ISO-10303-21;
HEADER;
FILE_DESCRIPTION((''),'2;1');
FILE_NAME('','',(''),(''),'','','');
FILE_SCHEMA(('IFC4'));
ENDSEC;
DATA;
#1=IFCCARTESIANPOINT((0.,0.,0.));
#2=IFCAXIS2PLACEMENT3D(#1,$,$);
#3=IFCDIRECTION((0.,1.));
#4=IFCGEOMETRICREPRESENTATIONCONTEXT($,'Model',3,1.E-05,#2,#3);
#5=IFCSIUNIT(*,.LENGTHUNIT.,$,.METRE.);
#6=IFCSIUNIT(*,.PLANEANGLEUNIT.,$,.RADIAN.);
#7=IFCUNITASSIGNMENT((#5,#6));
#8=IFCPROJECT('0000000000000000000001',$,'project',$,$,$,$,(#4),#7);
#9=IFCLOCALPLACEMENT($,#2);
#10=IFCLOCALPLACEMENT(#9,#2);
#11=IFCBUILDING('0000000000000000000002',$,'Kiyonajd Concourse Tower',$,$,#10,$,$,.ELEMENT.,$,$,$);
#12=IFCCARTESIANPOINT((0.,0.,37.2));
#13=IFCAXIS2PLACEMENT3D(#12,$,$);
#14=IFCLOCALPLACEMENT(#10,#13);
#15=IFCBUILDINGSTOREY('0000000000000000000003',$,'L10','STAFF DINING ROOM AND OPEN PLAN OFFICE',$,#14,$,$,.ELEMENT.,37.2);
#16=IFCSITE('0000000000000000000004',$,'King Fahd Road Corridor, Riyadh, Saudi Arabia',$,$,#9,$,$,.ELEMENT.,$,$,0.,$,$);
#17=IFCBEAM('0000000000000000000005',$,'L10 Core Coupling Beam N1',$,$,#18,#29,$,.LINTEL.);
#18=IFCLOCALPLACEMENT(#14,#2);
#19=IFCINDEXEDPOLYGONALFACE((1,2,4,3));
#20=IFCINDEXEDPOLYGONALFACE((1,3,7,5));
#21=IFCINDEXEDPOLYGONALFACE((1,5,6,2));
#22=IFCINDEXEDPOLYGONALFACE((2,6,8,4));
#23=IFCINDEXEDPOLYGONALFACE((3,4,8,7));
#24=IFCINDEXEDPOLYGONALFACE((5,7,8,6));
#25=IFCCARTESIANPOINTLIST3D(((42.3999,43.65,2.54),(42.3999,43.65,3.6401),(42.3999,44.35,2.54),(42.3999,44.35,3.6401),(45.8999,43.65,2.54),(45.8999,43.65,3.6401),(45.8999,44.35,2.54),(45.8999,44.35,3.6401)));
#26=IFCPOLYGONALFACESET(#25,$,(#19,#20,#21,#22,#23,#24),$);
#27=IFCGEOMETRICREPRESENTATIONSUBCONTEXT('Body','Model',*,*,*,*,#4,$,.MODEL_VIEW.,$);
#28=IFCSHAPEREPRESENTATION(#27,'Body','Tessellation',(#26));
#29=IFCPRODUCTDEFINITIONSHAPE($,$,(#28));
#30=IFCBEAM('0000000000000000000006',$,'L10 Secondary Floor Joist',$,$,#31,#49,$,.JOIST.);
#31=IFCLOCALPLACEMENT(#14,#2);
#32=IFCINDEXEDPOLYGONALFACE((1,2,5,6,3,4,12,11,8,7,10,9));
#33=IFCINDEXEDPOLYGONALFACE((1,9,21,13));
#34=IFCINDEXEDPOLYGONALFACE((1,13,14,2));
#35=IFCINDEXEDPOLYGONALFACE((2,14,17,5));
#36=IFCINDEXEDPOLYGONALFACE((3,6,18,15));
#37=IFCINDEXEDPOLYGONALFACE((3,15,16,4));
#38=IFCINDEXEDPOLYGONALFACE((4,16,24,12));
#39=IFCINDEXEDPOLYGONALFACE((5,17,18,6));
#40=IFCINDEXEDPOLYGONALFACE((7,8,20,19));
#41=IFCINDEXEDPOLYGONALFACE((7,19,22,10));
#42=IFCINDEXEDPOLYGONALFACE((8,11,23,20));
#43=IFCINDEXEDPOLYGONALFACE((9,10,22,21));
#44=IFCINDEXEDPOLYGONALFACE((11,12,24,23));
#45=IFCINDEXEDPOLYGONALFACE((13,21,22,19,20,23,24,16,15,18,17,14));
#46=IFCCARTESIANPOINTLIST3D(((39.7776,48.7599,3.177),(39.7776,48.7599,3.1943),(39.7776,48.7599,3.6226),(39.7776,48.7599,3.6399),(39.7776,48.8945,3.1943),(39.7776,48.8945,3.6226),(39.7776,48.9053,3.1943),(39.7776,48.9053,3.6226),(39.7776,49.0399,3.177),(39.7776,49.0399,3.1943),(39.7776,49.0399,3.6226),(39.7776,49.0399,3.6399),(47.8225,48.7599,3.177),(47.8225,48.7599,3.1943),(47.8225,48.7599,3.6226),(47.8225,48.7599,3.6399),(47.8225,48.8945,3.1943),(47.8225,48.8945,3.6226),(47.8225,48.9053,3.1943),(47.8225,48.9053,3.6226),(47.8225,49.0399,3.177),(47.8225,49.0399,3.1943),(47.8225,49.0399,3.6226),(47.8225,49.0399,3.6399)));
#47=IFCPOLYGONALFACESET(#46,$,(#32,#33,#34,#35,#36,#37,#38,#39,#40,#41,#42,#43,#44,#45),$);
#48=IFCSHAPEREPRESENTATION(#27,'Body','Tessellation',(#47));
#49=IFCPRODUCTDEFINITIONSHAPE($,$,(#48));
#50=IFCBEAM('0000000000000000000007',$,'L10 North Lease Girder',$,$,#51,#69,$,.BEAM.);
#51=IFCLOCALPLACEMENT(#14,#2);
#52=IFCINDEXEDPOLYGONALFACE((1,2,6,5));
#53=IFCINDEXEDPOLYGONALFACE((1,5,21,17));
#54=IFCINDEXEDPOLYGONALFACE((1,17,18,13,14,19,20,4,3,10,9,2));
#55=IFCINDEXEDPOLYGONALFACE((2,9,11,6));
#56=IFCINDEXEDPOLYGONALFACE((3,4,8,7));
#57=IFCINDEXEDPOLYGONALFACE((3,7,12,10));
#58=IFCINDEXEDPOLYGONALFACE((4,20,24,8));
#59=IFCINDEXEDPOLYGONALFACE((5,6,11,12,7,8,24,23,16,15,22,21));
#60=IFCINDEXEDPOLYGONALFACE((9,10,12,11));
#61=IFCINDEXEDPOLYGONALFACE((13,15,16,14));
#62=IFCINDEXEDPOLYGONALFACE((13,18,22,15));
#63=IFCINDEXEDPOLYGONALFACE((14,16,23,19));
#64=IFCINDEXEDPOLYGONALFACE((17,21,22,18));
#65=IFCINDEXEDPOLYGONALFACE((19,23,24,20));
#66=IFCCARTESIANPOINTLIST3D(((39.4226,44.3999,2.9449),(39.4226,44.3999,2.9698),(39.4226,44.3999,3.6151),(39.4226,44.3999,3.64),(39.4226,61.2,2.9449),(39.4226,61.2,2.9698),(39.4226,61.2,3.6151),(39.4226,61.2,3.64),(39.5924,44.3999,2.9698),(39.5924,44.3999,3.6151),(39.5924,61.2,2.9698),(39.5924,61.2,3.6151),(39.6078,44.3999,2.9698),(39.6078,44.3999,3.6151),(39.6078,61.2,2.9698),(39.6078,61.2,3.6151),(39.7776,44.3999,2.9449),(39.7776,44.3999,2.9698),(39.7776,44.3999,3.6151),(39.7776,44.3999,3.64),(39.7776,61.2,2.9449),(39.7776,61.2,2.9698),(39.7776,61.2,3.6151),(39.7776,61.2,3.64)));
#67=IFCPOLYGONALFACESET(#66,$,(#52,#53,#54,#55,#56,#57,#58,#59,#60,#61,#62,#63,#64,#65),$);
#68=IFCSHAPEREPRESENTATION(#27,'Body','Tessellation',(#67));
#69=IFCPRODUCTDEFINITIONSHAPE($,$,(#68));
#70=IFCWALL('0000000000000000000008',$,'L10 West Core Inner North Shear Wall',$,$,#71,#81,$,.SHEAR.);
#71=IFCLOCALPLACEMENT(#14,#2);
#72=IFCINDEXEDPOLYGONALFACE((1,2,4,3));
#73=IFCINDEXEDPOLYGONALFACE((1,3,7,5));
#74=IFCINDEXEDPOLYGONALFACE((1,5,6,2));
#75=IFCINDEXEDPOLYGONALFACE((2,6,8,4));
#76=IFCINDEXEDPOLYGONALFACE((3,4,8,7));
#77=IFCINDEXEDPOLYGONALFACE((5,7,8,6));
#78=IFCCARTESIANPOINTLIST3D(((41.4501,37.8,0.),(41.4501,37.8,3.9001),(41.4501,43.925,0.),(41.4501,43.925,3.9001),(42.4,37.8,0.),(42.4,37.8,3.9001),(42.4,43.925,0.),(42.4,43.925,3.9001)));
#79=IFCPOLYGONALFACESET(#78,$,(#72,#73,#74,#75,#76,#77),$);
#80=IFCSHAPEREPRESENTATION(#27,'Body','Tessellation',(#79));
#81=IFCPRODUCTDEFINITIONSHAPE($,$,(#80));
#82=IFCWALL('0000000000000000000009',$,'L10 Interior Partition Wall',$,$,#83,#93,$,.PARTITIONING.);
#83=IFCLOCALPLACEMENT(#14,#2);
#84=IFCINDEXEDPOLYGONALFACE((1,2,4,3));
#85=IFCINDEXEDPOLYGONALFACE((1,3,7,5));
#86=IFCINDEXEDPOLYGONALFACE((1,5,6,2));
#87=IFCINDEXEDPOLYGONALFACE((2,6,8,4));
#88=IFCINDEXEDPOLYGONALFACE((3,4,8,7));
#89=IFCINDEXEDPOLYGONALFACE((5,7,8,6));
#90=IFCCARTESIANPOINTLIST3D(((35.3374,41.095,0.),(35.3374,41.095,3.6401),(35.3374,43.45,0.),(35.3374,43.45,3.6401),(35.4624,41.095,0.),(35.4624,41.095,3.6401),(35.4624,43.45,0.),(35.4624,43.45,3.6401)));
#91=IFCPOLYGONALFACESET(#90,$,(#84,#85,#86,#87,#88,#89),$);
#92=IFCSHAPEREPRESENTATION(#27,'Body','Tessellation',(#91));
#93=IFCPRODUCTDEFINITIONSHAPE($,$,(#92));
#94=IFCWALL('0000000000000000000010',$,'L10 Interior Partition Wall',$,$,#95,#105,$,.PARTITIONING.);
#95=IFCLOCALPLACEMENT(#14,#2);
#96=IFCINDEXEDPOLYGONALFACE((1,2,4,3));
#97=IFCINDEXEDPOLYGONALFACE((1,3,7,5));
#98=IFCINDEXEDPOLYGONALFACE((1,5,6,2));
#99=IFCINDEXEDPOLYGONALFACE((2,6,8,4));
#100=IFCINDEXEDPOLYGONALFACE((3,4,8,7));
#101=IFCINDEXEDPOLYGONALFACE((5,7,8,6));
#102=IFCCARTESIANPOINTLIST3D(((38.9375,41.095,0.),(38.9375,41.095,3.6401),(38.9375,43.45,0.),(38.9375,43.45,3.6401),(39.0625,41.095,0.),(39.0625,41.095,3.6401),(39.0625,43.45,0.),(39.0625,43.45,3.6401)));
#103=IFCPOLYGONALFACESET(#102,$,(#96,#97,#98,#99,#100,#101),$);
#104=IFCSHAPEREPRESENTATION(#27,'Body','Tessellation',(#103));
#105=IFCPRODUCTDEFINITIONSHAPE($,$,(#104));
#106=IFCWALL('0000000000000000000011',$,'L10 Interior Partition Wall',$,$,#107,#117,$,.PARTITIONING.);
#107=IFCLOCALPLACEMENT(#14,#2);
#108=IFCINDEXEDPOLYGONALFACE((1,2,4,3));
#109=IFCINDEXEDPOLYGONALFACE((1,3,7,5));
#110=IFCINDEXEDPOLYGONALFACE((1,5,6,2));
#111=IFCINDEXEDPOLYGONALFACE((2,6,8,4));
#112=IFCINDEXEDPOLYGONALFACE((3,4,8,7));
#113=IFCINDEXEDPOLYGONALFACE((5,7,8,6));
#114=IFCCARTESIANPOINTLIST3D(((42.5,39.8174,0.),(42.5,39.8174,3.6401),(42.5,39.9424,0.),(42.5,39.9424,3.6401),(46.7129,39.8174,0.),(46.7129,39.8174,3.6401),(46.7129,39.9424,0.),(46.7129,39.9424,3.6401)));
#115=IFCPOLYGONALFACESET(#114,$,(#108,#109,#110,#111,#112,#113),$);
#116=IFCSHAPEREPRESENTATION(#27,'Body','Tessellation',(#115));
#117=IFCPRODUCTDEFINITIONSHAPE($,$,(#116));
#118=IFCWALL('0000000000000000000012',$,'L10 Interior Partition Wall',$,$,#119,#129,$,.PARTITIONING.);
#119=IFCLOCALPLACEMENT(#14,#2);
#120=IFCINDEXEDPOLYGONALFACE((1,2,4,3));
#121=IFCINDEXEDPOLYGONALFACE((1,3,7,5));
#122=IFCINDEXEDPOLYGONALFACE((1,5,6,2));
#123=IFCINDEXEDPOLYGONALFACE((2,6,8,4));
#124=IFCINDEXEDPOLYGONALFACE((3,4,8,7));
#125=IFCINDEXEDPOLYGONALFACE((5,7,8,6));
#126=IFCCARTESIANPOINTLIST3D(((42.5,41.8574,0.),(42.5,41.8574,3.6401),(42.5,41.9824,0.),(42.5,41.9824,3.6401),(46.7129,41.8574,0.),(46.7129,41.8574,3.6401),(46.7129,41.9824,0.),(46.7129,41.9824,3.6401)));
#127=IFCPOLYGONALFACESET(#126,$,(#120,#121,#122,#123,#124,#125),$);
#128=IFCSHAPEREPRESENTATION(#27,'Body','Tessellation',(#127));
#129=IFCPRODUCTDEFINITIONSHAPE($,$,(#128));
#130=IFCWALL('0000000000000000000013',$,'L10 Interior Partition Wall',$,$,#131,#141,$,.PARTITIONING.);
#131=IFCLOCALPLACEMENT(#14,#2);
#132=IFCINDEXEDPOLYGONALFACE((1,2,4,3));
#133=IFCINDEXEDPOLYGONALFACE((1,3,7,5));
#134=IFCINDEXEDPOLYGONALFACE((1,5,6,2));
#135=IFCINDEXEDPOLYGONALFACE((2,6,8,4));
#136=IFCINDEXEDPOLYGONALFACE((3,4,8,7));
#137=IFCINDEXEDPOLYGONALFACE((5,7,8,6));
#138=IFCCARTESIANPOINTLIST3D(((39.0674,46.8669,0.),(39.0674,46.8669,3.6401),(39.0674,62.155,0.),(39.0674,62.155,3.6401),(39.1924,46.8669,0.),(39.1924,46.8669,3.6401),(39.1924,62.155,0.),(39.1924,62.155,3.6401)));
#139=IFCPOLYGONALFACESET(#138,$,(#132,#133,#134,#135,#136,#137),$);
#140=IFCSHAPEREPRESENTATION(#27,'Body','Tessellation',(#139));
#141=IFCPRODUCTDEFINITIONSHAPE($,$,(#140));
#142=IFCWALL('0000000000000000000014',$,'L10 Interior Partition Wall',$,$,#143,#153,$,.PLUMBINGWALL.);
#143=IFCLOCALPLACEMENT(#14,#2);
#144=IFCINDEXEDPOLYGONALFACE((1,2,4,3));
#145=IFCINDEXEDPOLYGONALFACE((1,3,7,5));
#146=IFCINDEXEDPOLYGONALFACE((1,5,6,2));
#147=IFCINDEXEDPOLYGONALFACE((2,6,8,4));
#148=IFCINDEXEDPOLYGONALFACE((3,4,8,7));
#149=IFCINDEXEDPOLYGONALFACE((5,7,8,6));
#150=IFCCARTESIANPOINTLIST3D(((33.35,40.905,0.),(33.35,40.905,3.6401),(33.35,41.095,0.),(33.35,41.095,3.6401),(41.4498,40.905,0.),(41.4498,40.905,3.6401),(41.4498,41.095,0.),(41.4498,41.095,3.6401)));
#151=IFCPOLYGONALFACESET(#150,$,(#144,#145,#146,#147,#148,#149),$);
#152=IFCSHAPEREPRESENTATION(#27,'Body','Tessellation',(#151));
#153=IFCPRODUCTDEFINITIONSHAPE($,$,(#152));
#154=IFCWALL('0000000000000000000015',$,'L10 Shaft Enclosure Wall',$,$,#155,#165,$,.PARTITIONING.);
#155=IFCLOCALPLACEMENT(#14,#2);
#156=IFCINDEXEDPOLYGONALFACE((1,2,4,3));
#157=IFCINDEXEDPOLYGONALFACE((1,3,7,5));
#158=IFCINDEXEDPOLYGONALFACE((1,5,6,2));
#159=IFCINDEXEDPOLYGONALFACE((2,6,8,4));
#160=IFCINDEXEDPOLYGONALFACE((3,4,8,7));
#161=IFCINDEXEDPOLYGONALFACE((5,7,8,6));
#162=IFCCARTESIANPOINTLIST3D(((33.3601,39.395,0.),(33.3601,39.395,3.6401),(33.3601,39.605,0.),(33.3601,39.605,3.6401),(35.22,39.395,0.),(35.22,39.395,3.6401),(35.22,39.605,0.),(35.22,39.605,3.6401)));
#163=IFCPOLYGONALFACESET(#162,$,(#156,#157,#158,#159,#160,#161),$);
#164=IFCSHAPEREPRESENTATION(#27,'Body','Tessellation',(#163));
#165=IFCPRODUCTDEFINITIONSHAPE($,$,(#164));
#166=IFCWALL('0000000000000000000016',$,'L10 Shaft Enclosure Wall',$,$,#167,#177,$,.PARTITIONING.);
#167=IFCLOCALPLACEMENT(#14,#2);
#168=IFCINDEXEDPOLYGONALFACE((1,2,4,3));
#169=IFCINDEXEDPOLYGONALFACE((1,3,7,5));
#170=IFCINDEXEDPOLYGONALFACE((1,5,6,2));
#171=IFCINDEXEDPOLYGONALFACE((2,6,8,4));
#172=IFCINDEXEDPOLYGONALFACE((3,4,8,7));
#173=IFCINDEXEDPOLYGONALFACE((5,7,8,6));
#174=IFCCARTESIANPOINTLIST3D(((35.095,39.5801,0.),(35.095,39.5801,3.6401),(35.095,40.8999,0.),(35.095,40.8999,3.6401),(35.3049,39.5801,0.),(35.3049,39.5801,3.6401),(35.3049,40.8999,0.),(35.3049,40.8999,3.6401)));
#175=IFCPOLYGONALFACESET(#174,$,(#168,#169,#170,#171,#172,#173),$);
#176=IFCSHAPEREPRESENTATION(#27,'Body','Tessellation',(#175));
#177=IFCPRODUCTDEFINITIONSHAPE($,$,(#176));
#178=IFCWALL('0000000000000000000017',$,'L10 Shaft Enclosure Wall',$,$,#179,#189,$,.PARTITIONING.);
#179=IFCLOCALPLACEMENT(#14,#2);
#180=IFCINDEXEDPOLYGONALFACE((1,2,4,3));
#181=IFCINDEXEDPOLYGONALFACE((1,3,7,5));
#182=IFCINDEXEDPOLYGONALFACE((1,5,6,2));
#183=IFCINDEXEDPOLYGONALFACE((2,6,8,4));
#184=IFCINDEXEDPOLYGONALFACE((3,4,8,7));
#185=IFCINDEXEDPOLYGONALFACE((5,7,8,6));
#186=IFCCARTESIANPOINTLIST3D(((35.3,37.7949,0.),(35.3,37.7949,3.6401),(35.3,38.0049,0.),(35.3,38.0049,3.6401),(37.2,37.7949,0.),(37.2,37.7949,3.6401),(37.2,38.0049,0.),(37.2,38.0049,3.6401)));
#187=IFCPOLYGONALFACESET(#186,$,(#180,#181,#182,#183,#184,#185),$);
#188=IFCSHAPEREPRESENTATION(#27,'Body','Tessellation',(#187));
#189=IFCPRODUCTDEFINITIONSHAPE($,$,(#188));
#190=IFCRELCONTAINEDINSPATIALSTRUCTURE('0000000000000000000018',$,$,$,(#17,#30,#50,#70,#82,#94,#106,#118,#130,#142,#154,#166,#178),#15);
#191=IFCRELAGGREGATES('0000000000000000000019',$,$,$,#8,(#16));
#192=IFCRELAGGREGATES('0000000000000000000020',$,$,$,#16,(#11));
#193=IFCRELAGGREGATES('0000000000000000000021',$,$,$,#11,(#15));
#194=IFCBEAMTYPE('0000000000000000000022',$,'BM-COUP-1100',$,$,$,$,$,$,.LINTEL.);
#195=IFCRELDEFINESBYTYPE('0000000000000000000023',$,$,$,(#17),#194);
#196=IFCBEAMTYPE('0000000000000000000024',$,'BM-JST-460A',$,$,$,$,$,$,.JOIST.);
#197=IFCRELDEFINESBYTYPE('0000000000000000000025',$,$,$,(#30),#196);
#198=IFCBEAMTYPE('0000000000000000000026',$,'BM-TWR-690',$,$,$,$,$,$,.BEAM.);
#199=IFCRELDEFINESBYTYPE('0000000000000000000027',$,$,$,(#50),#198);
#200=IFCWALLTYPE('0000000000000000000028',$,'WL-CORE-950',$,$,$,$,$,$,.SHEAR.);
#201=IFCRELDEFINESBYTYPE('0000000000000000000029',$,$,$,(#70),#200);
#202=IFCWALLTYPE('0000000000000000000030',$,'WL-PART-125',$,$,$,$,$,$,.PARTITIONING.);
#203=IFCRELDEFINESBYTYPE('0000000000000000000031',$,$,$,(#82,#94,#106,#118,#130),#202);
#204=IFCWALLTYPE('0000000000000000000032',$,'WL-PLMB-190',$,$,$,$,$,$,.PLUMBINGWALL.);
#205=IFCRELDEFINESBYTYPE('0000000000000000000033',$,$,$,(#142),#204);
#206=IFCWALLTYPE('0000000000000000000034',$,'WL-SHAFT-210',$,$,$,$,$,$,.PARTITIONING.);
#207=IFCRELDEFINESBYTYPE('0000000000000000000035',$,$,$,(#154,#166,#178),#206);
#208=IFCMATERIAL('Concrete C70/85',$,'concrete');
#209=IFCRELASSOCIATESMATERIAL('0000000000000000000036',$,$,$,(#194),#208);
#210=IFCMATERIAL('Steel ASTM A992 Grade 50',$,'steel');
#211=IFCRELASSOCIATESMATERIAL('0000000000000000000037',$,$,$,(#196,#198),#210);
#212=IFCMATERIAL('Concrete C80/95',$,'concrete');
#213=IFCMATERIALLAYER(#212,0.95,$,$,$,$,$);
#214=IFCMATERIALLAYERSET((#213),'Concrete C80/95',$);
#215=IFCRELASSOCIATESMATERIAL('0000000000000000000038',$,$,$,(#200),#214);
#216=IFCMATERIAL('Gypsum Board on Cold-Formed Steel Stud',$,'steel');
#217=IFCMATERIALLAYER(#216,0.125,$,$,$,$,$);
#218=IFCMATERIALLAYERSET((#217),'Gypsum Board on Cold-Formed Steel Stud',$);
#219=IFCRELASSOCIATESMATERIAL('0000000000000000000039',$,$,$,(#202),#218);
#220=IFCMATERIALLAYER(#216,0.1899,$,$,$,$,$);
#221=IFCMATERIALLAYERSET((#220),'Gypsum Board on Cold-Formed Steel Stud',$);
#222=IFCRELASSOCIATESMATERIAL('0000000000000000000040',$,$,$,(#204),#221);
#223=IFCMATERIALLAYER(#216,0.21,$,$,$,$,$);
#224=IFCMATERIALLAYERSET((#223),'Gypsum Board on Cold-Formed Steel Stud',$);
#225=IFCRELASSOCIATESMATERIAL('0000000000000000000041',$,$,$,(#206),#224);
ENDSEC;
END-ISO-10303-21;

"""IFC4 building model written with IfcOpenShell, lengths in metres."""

from ifc_helpers import new_model, si_unit, direction, frame, frame_2d, origin, origin_2d, place, context, subcontext, project, spatial, rectangle, i_section, extrude, material, layer, layer_set, material_profile, profile_set, type_object, element, save


model = new_model("IFC4")

# Units and contexts
model_context = context("Model", 3, precision=1e-05, world=origin(), true_north=direction((0.0, 1.0)))
body_context = subcontext(model_context, "Body", "Model", "MODEL_VIEW")
ifc_project = project(units=[si_unit("LENGTHUNIT", "METRE"), si_unit("PLANEANGLEUNIT", "RADIAN")], contexts=[model_context])

# Site, building, storey
site_placement = place(None, origin())
site = spatial("IfcSite", under=ifc_project, at=site_placement, Name="King Fahd Road Corridor, Riyadh, Saudi Arabia", CompositionType="ELEMENT", RefElevation=0.0)
building_placement = place(site_placement, origin())
building = spatial("IfcBuilding", under=site, at=building_placement, Name="Kiyonajd Concourse Tower", CompositionType="ELEMENT")
storey_placement = place(building_placement, frame((0.0, 0.0, 37.2)))
storey = spatial("IfcBuildingStorey", under=building, at=storey_placement, Name="L10", Description="STAFF DINING ROOM AND OPEN PLAN OFFICE", CompositionType="ELEMENT", Elevation=37.2)

# Beams
ifc_material_1 = material(Name="Concrete C70/85", Category="concrete")
ifc_material_profile_1 = material_profile(ifc_material_1, rectangle(XDim=0.7, YDim=1.1001, at=origin_2d()), Name="RCBM-700x1100")
ifc_profile_set_1 = profile_set([ifc_material_profile_1], Name="Concrete C70/85")
beam_type_1 = type_object("IfcBeamType", Name="BM-COUP-1100", PredefinedType="LINTEL", material=ifc_profile_set_1)
beam_1_placement = place(storey_placement, frame((42.3999, 44.0, 3.0901), z_axis=(1.0, 0.0, 0.0), x_axis=(0.0, 1.0, 0.0)))
element("IfcBeam", 1, at=beam_1_placement, inside=storey, type_object=beam_type_1, Name="L10 Core Coupling Beam N1", PredefinedType="LINTEL", context=body_context, shape_type="SweptSolid", body=[
    extrude(rectangle(XDim=0.7, YDim=1.1001, at=origin_2d()), origin(), (0.0, 0.0, 1.0), 3.5),
])
ifc_material_2 = material(Name="Steel ASTM A992 Grade 50", Category="steel")
ifc_material_profile_2 = material_profile(ifc_material_2, i_section(OverallWidth=0.28, OverallDepth=0.4629, WebThickness=0.0107, FlangeThickness=0.0173, at=origin_2d()), Name="W460X113")
ifc_profile_set_2 = profile_set([ifc_material_profile_2], Name="Steel ASTM A992 Grade 50")
beam_type_2 = type_object("IfcBeamType", Name="BM-JST-460A", PredefinedType="JOIST", material=ifc_profile_set_2)
beam_2_placement = place(storey_placement, frame((39.7776, 48.8999, 3.4084), z_axis=(1.0, 0.0, 0.0), x_axis=(0.0, 1.0, 0.0)))
element("IfcBeam", 2, at=beam_2_placement, inside=storey, type_object=beam_type_2, Name="L10 Secondary Floor Joist", PredefinedType="JOIST", context=body_context, shape_type="SweptSolid", body=[
    extrude(i_section(OverallWidth=0.28, OverallDepth=0.4629, WebThickness=0.0107, FlangeThickness=0.0173, at=origin_2d()), origin(), (0.0, 0.0, 1.0), 8.0449),
])
ifc_material_profile_3 = material_profile(ifc_material_2, i_section(OverallWidth=0.355, OverallDepth=0.6951, WebThickness=0.0154, FlangeThickness=0.0249, at=origin_2d()), Name="W690X217")
ifc_profile_set_3 = profile_set([ifc_material_profile_3], Name="Steel ASTM A992 Grade 50")
beam_type_3 = type_object("IfcBeamType", Name="BM-TWR-690", PredefinedType="BEAM", material=ifc_profile_set_3)
beam_3_placement = place(storey_placement, frame((39.6001, 44.3999, 3.2925), z_axis=(0.0, 1.0, 0.0), x_axis=(-1.0, 0.0, 0.0)))
element("IfcBeam", 3, at=beam_3_placement, inside=storey, type_object=beam_type_3, Name="L10 North Lease Girder", PredefinedType="BEAM", context=body_context, shape_type="SweptSolid", body=[
    extrude(i_section(OverallWidth=0.355, OverallDepth=0.6951, WebThickness=0.0154, FlangeThickness=0.0249, at=origin_2d()), origin(), (0.0, 0.0, 1.0), 16.8),
])

# Walls
ifc_material_3 = material(Name="Concrete C80/95", Category="concrete")
ifc_layer_1 = layer(ifc_material_3, 0.95)
ifc_layer_set_1 = layer_set([ifc_layer_1], Name="Concrete C80/95")
wall_type_1 = type_object("IfcWallType", Name="WL-CORE-950", PredefinedType="SHEAR", material=ifc_layer_set_1)
wall_1_placement = place(storey_placement, frame((41.925, 37.8, 0.0), z_axis=(0.0, 0.0, 1.0), x_axis=(0.0, 1.0, 0.0)))
element("IfcWall", 4, at=wall_1_placement, inside=storey, type_object=wall_type_1, Name="L10 West Core Inner North Shear Wall", PredefinedType="SHEAR", context=body_context, shape_type="SweptSolid", body=[
    extrude(rectangle(XDim=6.125, YDim=0.95, at=frame_2d((3.0625, 0.0))), origin(), (0.0, 0.0, 1.0), 3.9001),
])
ifc_material_4 = material(Name="Gypsum Board on Cold-Formed Steel Stud", Category="steel")
ifc_layer_2 = layer(ifc_material_4, 0.125)
ifc_layer_set_2 = layer_set([ifc_layer_2], Name="Gypsum Board on Cold-Formed Steel Stud")
wall_type_2 = type_object("IfcWallType", Name="WL-PART-125", PredefinedType="PARTITIONING", material=ifc_layer_set_2)
for number, where, z_axis, x_axis, name in (
    (5, (35.3999, 41.095, 0.0), (0.0, 0.0, 1.0), (0.0, 1.0, 0.0), "L10 Interior Partition Wall"),
    (6, (39.0, 41.095, 0.0), (0.0, 0.0, 1.0), (0.0, 1.0, 0.0), "L10 Interior Partition Wall"),
):
    element("IfcWall", number, at=place(storey_placement, frame(where, z_axis=z_axis, x_axis=x_axis)), inside=storey, type_object=wall_type_2, Name=name, PredefinedType="PARTITIONING", context=body_context, shape_type="SweptSolid", body=[
        extrude(rectangle(XDim=2.355, YDim=0.125, at=frame_2d((1.1775, 0.0))), origin(), (0.0, 0.0, 1.0), 3.6401),
    ])
for number, where, z_axis, x_axis, name in (
    (7, (42.5, 39.8799, 0.0), (0.0, 0.0, 1.0), (1.0, 0.0, 0.0), "L10 Interior Partition Wall"),
    (8, (42.5, 41.9199, 0.0), (0.0, 0.0, 1.0), (1.0, 0.0, 0.0), "L10 Interior Partition Wall"),
):
    element("IfcWall", number, at=place(storey_placement, frame(where, z_axis=z_axis, x_axis=x_axis)), inside=storey, type_object=wall_type_2, Name=name, PredefinedType="PARTITIONING", context=body_context, shape_type="SweptSolid", body=[
        extrude(rectangle(XDim=4.2129, YDim=0.125, at=frame_2d((2.1064, 0.0))), origin(), (0.0, 0.0, 1.0), 3.6401),
    ])
wall_2_placement = place(storey_placement, frame((39.1299, 46.8669, 0.0), z_axis=(0.0, 0.0, 1.0), x_axis=(0.0, 1.0, 0.0)))
element("IfcWall", 9, at=wall_2_placement, inside=storey, type_object=wall_type_2, Name="L10 Interior Partition Wall", PredefinedType="PARTITIONING", context=body_context, shape_type="SweptSolid", body=[
    extrude(rectangle(XDim=15.2881, YDim=0.125, at=frame_2d((7.644, 0.0))), origin(), (0.0, 0.0, 1.0), 3.6401),
])
ifc_layer_3 = layer(ifc_material_4, 0.1899)
ifc_layer_set_3 = layer_set([ifc_layer_3], Name="Gypsum Board on Cold-Formed Steel Stud")
wall_type_3 = type_object("IfcWallType", Name="WL-PLMB-190", PredefinedType="PLUMBINGWALL", material=ifc_layer_set_3)
wall_3_placement = place(storey_placement, frame((33.3501, 41.0, 0.0), z_axis=(0.0, 0.0, 1.0), x_axis=(1.0, 0.0, 0.0)))
element("IfcWall", 10, at=wall_3_placement, inside=storey, type_object=wall_type_3, Name="L10 Interior Partition Wall", PredefinedType="PLUMBINGWALL", context=body_context, shape_type="SweptSolid", body=[
    extrude(rectangle(XDim=8.0999, YDim=0.1899, at=frame_2d((4.0498, 0.0))), origin(), (0.0, 0.0, 1.0), 3.6401),
])
ifc_layer_4 = layer(ifc_material_4, 0.21)
ifc_layer_set_4 = layer_set([ifc_layer_4], Name="Gypsum Board on Cold-Formed Steel Stud")
wall_type_4 = type_object("IfcWallType", Name="WL-SHAFT-210", PredefinedType="PARTITIONING", material=ifc_layer_set_4)
wall_4_placement = place(storey_placement, frame((33.3601, 39.5, 0.0), z_axis=(0.0, 0.0, 1.0), x_axis=(1.0, 0.0, 0.0)))
element("IfcWall", 11, at=wall_4_placement, inside=storey, type_object=wall_type_4, Name="L10 Shaft Enclosure Wall", PredefinedType="PARTITIONING", context=body_context, shape_type="SweptSolid", body=[
    extrude(rectangle(XDim=1.8599, YDim=0.21, at=frame_2d((0.9299, 0.0))), origin(), (0.0, 0.0, 1.0), 3.6401),
])
wall_5_placement = place(storey_placement, frame((35.2, 39.5801, 0.0), z_axis=(0.0, 0.0, 1.0), x_axis=(0.0, 1.0, 0.0)))
element("IfcWall", 12, at=wall_5_placement, inside=storey, type_object=wall_type_4, Name="L10 Shaft Enclosure Wall", PredefinedType="PARTITIONING", context=body_context, shape_type="SweptSolid", body=[
    extrude(rectangle(XDim=1.3198, YDim=0.21, at=frame_2d((0.6599, 0.0))), origin(), (0.0, 0.0, 1.0), 3.6401),
])
for number, where, z_axis, x_axis, name in (
    (13, (35.3, 37.8999, 0.0), (0.0, 0.0, 1.0), (1.0, 0.0, 0.0), "L10 Shaft Enclosure Wall"),
):
    element("IfcWall", number, at=place(storey_placement, frame(where, z_axis=z_axis, x_axis=x_axis)), inside=storey, type_object=wall_type_4, Name=name, PredefinedType="PARTITIONING", context=body_context, shape_type="SweptSolid", body=[
        extrude(rectangle(XDim=1.8999, YDim=0.21, at=frame_2d((0.95, 0.0))), origin(), (0.0, 0.0, 1.0), 3.6401),
    ])

save(model, "model.ifc")
